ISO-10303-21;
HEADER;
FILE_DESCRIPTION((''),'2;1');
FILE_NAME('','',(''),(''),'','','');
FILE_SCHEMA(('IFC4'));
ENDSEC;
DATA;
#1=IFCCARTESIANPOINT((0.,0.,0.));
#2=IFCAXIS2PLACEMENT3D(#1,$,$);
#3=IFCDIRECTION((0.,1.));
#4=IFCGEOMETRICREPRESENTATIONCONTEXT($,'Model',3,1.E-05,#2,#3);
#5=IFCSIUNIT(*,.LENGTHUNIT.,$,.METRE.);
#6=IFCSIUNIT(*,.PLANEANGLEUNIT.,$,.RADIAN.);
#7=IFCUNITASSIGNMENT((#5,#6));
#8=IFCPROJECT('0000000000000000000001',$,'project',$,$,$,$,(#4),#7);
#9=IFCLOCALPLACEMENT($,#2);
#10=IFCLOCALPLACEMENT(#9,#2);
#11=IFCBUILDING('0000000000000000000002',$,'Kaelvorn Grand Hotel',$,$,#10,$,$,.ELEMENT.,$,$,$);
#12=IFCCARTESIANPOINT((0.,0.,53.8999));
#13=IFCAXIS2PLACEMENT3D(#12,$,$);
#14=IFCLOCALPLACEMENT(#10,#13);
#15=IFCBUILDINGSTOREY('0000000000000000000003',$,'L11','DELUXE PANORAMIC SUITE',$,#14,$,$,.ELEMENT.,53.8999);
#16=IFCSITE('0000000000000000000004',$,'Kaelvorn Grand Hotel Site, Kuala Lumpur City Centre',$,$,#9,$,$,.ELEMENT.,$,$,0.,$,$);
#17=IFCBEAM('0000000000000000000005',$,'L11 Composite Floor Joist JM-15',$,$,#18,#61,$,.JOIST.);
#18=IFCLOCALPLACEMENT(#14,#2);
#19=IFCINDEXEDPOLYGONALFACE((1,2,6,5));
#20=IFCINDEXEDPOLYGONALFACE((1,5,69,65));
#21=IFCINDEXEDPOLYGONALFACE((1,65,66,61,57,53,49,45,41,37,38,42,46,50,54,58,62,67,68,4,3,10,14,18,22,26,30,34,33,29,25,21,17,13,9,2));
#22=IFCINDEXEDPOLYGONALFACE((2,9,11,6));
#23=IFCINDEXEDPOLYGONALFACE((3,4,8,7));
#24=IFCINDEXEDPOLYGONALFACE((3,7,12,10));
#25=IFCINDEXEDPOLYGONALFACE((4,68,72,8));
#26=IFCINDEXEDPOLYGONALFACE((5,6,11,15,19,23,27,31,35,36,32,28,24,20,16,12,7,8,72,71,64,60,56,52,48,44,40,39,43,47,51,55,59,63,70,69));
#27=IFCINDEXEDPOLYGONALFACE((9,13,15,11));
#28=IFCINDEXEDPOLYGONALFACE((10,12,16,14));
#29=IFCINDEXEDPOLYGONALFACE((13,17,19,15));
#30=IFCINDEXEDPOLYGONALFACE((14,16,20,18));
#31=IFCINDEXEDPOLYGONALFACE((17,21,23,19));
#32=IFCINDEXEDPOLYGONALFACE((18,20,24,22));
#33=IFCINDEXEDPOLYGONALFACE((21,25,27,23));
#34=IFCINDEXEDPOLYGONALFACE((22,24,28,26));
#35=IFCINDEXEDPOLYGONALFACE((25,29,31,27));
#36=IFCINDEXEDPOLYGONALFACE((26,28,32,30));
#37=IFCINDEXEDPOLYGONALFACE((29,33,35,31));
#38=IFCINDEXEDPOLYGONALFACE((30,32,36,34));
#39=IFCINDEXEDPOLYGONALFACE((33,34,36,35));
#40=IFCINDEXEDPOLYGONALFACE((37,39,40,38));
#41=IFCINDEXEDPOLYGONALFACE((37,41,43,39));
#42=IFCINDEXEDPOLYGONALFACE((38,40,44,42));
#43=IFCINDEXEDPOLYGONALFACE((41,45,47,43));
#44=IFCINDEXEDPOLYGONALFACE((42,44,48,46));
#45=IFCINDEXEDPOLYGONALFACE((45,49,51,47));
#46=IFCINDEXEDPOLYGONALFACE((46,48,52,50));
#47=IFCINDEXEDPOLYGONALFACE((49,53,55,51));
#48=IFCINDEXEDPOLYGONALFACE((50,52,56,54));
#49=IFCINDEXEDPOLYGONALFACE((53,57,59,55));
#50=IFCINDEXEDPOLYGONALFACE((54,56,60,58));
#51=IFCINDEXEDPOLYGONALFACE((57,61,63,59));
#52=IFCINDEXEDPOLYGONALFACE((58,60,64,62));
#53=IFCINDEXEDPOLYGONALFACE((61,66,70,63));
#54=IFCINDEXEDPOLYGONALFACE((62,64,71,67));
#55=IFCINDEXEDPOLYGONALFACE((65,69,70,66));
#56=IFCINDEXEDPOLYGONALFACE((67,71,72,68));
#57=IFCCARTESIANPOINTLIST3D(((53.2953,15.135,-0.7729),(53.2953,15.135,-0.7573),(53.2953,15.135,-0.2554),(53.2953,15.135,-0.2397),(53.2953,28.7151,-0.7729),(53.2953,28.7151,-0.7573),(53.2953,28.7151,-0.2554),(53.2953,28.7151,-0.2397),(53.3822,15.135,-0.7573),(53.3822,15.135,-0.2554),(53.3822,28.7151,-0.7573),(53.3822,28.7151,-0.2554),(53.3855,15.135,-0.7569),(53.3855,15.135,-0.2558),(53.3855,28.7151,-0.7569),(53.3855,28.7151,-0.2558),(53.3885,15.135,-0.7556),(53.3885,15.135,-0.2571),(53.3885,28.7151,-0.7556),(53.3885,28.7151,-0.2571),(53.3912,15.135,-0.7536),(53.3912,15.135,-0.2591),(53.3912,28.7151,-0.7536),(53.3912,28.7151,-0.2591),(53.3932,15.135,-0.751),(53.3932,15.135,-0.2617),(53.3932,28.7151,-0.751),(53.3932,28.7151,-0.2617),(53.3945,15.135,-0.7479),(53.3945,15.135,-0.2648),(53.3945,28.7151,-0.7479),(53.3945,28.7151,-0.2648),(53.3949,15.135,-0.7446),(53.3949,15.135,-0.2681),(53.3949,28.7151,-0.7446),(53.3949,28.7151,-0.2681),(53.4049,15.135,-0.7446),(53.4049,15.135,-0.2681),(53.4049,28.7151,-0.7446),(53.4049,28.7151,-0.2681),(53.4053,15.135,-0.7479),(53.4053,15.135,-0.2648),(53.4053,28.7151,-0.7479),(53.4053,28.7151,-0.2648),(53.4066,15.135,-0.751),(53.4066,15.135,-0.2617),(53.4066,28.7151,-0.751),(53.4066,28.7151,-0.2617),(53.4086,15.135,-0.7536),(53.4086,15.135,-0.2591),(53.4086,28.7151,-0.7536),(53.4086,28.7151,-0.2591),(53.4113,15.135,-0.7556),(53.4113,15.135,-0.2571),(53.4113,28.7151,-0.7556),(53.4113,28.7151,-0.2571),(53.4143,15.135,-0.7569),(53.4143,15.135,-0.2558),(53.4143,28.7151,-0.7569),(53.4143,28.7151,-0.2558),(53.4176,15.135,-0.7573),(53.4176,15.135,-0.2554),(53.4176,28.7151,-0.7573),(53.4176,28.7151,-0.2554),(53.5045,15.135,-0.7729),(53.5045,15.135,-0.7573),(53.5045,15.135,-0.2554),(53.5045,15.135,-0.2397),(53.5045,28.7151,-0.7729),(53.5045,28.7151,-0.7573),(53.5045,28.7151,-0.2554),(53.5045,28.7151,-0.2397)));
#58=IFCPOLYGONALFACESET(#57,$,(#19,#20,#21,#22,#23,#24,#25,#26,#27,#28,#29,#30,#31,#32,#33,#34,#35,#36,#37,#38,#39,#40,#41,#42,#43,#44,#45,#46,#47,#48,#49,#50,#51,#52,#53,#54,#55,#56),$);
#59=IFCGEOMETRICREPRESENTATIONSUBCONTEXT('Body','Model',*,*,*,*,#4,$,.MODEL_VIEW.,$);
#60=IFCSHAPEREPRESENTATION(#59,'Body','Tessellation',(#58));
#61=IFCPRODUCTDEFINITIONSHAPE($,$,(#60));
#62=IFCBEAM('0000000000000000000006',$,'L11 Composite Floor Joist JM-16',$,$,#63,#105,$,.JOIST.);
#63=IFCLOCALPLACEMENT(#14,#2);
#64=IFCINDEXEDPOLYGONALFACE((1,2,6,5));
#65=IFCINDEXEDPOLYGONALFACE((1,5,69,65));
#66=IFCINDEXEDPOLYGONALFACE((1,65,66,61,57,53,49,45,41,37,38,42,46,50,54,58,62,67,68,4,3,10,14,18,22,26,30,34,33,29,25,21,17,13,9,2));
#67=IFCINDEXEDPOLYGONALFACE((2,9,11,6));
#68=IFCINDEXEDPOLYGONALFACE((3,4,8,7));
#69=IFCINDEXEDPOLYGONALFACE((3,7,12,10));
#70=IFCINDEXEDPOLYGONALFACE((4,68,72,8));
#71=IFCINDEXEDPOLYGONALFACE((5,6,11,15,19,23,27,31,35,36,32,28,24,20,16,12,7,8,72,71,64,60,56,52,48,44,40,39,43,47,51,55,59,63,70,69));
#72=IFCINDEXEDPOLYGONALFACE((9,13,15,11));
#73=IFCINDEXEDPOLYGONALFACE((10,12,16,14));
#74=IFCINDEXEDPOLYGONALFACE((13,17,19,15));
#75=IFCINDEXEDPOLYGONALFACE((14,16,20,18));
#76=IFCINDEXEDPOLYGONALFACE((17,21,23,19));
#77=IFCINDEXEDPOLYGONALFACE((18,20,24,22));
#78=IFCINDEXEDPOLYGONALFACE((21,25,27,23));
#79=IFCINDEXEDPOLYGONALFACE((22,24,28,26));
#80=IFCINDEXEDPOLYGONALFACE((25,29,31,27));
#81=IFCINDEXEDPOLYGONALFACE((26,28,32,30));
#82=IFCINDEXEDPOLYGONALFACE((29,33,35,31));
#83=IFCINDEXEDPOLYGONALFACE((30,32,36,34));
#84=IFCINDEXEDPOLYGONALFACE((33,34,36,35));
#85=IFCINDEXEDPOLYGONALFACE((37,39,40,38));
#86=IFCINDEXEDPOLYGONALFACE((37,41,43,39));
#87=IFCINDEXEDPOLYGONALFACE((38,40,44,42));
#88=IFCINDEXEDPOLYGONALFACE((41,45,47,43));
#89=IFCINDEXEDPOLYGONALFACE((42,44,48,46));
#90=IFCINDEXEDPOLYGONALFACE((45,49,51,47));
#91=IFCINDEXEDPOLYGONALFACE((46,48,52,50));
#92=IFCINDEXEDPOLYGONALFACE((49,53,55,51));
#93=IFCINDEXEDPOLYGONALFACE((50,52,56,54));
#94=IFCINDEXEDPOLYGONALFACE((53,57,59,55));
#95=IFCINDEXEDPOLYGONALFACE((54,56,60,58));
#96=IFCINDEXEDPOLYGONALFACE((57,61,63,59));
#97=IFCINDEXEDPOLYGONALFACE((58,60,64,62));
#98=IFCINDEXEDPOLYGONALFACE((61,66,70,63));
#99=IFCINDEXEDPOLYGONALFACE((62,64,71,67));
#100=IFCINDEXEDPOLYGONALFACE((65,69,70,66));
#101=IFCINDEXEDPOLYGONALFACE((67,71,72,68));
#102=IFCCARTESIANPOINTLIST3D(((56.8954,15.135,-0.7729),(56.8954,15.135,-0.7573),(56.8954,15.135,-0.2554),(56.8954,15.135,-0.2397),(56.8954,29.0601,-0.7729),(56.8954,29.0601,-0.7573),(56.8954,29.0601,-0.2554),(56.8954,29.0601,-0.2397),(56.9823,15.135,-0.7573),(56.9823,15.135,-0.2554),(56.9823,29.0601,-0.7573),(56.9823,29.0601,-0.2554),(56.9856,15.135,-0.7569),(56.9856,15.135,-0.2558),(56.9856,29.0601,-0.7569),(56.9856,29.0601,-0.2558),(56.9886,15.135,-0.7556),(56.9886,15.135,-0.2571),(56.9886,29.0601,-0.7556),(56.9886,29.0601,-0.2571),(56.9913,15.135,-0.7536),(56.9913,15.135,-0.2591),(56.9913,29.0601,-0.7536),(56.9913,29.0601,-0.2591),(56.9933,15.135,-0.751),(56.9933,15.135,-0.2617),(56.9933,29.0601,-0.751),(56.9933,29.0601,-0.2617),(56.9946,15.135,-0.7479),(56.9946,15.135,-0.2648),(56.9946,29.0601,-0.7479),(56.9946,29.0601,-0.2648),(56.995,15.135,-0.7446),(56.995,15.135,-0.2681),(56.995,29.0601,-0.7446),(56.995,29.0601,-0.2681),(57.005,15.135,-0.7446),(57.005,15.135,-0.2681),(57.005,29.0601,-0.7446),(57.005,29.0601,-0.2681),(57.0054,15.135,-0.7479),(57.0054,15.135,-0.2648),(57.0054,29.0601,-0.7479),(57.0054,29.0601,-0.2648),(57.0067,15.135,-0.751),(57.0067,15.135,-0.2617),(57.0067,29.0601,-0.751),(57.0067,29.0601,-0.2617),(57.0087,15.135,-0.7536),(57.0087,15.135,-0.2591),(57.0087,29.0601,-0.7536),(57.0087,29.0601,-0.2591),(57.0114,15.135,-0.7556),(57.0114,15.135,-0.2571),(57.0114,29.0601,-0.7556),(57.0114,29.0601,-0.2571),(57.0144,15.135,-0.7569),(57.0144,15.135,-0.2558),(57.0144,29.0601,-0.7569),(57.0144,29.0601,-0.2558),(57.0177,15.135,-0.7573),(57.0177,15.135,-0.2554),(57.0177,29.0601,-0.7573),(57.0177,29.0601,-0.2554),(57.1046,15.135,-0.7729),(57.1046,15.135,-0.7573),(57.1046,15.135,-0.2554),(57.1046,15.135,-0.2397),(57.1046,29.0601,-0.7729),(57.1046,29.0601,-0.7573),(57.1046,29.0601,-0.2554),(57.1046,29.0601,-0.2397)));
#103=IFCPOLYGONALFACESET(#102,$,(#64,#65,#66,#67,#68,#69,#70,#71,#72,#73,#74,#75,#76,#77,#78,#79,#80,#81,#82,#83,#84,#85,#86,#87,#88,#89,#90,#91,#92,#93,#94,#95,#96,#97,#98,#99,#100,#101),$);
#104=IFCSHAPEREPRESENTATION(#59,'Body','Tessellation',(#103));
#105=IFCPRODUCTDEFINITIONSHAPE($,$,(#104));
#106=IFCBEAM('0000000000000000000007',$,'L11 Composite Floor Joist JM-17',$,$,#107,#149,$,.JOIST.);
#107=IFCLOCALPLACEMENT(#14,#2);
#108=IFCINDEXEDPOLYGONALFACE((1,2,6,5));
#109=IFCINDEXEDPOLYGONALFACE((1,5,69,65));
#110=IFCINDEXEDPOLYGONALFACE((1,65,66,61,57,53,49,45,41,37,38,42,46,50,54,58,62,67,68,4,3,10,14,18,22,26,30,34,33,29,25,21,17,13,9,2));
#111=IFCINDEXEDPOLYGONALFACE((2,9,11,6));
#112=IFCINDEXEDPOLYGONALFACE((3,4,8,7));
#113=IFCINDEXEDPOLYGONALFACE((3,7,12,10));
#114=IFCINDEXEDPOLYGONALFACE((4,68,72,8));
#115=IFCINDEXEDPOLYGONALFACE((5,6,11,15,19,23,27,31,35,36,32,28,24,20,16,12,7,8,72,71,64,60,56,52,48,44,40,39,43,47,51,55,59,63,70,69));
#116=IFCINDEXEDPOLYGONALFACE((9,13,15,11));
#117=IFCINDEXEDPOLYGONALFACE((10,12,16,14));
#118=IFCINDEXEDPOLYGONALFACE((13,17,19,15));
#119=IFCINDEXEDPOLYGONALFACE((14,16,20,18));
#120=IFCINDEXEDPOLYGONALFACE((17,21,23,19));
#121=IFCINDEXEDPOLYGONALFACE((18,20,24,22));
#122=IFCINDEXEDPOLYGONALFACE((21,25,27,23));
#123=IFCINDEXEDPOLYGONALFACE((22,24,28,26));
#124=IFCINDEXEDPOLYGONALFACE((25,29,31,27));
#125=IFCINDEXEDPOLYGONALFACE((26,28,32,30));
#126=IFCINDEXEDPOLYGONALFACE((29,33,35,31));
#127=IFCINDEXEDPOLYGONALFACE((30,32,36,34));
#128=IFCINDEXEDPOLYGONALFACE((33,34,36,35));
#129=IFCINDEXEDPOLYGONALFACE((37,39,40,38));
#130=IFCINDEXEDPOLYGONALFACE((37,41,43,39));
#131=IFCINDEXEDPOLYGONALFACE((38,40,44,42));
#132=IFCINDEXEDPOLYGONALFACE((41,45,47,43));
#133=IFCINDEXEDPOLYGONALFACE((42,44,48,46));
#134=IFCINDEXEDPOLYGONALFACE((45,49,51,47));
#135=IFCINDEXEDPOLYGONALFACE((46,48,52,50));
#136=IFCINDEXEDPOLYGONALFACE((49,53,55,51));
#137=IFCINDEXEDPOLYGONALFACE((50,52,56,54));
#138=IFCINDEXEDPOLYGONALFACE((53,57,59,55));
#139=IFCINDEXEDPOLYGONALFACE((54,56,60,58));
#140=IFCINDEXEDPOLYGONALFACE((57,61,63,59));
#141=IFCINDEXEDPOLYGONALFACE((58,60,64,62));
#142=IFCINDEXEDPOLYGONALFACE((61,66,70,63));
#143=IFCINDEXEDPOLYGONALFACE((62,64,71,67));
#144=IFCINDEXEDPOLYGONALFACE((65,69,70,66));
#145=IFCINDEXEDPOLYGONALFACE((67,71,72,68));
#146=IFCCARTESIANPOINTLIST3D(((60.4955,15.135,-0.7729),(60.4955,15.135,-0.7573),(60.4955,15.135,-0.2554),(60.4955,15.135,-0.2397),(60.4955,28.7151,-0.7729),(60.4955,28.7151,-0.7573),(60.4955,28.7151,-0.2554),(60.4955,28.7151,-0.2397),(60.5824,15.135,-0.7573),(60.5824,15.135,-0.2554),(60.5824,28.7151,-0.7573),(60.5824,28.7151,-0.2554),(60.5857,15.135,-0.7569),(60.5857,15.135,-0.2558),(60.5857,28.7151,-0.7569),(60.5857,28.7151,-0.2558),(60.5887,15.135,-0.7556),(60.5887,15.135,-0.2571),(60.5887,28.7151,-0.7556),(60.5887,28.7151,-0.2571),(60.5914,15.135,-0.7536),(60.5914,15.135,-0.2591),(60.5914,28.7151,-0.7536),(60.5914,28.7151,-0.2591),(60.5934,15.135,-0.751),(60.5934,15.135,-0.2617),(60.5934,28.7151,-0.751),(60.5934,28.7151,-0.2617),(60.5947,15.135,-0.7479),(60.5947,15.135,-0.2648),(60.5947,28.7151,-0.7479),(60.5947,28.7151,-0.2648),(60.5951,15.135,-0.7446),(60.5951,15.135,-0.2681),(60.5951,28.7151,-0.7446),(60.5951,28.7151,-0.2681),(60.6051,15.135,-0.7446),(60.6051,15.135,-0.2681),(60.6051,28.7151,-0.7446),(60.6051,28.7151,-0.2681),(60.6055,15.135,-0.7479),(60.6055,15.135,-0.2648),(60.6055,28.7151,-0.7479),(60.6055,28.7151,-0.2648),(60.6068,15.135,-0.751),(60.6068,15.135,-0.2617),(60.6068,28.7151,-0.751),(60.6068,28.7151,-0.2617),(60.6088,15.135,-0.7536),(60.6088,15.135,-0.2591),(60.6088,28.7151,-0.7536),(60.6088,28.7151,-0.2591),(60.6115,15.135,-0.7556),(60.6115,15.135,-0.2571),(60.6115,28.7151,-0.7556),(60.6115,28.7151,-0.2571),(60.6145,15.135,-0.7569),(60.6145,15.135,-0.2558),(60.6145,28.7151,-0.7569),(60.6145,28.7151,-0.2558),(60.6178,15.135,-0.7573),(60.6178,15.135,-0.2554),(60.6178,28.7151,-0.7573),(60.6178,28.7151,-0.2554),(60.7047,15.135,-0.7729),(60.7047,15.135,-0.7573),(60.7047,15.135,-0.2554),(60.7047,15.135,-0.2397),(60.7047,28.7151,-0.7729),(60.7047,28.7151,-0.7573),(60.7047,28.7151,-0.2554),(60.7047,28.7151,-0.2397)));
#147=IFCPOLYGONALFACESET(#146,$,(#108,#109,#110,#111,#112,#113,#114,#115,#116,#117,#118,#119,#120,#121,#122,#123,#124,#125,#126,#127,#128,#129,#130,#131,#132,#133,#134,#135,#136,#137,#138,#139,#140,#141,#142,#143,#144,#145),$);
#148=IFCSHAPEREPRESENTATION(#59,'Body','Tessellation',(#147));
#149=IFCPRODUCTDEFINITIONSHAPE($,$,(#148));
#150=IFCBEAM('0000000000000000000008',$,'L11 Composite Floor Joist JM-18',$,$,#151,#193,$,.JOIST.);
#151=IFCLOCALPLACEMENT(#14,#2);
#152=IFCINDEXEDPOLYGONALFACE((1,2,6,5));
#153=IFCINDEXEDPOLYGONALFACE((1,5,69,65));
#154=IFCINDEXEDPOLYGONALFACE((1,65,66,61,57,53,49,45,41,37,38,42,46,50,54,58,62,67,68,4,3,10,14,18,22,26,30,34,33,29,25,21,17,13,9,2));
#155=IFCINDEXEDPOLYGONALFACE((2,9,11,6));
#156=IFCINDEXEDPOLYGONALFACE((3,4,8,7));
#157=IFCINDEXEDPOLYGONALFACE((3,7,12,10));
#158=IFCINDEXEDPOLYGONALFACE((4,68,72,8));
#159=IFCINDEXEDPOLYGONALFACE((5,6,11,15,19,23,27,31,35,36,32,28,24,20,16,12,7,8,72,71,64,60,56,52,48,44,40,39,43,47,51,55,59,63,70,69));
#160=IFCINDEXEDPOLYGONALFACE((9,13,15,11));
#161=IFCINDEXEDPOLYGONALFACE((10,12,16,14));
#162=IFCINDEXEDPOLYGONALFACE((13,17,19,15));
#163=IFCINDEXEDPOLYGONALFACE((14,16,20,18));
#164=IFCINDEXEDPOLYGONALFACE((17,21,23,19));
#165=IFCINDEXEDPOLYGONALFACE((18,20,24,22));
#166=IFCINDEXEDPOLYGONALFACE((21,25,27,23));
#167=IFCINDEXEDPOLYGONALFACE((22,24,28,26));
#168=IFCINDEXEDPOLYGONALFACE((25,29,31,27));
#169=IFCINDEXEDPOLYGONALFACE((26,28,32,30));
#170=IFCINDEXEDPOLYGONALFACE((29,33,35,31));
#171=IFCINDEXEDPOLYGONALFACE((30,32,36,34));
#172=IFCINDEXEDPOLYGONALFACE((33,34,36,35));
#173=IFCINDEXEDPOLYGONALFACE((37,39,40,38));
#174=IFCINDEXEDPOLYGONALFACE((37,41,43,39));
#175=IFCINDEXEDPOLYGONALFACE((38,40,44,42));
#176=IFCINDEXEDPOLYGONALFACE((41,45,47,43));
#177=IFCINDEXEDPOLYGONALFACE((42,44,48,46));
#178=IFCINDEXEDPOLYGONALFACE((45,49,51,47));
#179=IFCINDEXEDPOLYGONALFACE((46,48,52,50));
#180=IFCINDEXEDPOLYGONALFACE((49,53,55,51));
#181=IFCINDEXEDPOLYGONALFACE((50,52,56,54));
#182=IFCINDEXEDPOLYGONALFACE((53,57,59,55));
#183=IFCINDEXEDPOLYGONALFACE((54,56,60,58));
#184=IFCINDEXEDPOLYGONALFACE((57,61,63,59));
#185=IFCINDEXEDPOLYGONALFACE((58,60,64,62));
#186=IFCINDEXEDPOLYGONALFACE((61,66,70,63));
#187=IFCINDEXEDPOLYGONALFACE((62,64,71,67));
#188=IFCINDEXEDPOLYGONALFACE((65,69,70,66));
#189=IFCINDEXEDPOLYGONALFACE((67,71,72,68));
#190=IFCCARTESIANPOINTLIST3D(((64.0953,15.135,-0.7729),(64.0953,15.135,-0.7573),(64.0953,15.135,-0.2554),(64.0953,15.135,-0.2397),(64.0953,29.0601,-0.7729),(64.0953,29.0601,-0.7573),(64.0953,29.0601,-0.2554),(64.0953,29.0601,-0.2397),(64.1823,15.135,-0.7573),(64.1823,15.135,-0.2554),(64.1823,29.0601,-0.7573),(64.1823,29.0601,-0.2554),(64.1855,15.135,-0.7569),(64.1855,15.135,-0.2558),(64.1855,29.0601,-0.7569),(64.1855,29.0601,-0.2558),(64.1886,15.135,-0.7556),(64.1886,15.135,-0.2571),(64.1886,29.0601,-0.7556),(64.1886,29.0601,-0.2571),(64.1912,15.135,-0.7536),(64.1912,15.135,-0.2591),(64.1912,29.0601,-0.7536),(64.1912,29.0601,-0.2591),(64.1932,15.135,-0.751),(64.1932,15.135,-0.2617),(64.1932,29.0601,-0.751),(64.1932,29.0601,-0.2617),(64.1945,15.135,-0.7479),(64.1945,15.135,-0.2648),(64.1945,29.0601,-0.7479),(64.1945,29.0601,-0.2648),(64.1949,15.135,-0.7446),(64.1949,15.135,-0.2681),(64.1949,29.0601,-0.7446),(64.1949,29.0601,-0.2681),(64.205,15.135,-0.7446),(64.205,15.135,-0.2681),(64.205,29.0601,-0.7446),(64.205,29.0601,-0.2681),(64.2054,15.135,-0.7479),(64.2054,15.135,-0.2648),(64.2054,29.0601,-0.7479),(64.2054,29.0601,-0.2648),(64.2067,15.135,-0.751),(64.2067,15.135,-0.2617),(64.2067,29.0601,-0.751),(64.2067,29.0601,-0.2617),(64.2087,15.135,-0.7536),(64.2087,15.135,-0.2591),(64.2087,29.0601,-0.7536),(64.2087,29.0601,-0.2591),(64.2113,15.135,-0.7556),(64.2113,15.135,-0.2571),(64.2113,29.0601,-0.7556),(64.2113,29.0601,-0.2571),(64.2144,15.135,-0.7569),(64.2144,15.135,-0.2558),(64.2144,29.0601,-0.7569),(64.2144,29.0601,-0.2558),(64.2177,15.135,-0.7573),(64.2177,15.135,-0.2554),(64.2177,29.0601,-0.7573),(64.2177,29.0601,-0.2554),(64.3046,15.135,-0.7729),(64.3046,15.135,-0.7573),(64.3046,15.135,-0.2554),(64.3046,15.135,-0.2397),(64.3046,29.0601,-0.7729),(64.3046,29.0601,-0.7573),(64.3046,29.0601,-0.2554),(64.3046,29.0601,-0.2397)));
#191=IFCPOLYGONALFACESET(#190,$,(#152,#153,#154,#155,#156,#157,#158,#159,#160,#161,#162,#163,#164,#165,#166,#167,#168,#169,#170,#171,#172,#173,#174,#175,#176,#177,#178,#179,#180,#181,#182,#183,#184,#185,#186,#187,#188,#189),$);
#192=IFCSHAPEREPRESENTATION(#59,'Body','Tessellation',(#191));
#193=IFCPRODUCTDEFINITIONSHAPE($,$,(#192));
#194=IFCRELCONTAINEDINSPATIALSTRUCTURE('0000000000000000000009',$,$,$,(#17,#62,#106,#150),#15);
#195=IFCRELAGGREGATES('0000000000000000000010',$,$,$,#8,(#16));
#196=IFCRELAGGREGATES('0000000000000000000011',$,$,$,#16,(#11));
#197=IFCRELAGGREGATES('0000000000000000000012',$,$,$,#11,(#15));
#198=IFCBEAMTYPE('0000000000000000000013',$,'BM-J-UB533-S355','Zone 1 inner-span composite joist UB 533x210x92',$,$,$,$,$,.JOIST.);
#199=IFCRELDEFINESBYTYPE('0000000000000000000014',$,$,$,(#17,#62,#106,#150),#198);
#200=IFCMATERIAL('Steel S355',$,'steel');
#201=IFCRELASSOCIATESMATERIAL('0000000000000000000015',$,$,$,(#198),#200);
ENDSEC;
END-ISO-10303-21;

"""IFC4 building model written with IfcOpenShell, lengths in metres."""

from ifc_helpers import new_model, si_unit, direction, frame, origin, origin_2d, place, context, subcontext, project, spatial, i_section, extrude, material, material_profile, profile_set, type_object, element, save


model = new_model("IFC4")

# Units and contexts
model_context = context("Model", 3, precision=1e-05, world=origin(), true_north=direction((0.0, 1.0)))
body_context = subcontext(model_context, "Body", "Model", "MODEL_VIEW")
ifc_project = project(units=[si_unit("LENGTHUNIT", "METRE"), si_unit("PLANEANGLEUNIT", "RADIAN")], contexts=[model_context])

# Site, building, storey
site_placement = place(None, origin())
site = spatial("IfcSite", under=ifc_project, at=site_placement, Name="Kaelvorn Grand Hotel Site, Kuala Lumpur City Centre", CompositionType="ELEMENT", RefElevation=0.0)
building_placement = place(site_placement, origin())
building = spatial("IfcBuilding", under=site, at=building_placement, Name="Kaelvorn Grand Hotel", CompositionType="ELEMENT")
storey_placement = place(building_placement, frame((0.0, 0.0, 53.8999)))
storey = spatial("IfcBuildingStorey", under=building, at=storey_placement, Name="L11", Description="DELUXE PANORAMIC SUITE", CompositionType="ELEMENT", Elevation=53.8999)

# Beams
ifc_material_1 = material(Name="Steel S355", Category="steel")
ifc_material_profile = material_profile(ifc_material_1, i_section(OverallWidth=0.2092, OverallDepth=0.5332, WebThickness=0.01, FlangeThickness=0.0156, FilletRadius=0.0127, at=origin_2d()), Name="UB 533x210x92")
ifc_profile_set = profile_set([ifc_material_profile], Name="Steel S355")
beam_type = type_object("IfcBeamType", Name="BM-J-UB533-S355", Description="Zone 1 inner-span composite joist UB 533x210x92", PredefinedType="JOIST", material=ifc_profile_set)
beam_1_placement = place(storey_placement, frame((53.3999, 15.135, -0.5063), z_axis=(0.0, 1.0, 0.0), x_axis=(-1.0, 0.0, 0.0)))
element("IfcBeam", 1, at=beam_1_placement, inside=storey, type_object=beam_type, Name="L11 Composite Floor Joist JM-15", PredefinedType="JOIST", context=body_context, shape_type="SweptSolid", body=[
    extrude(i_section(OverallWidth=0.2092, OverallDepth=0.5332, WebThickness=0.01, FlangeThickness=0.0156, FilletRadius=0.0127, at=origin_2d()), origin(), (0.0, 0.0, 1.0), 13.5801),
])
beam_2_placement = place(storey_placement, frame((57.0, 15.135, -0.5063), z_axis=(0.0, 1.0, 0.0), x_axis=(-1.0, 0.0, 0.0)))
element("IfcBeam", 2, at=beam_2_placement, inside=storey, type_object=beam_type, Name="L11 Composite Floor Joist JM-16", PredefinedType="JOIST", context=body_context, shape_type="SweptSolid", body=[
    extrude(i_section(OverallWidth=0.2092, OverallDepth=0.5332, WebThickness=0.01, FlangeThickness=0.0156, FilletRadius=0.0127, at=origin_2d()), origin(), (0.0, 0.0, 1.0), 13.925),
])
beam_3_placement = place(storey_placement, frame((60.6001, 15.135, -0.5063), z_axis=(0.0, 1.0, 0.0), x_axis=(-1.0, 0.0, 0.0)))
element("IfcBeam", 3, at=beam_3_placement, inside=storey, type_object=beam_type, Name="L11 Composite Floor Joist JM-17", PredefinedType="JOIST", context=body_context, shape_type="SweptSolid", body=[
    extrude(i_section(OverallWidth=0.2092, OverallDepth=0.5332, WebThickness=0.01, FlangeThickness=0.0156, FilletRadius=0.0127, at=origin_2d()), origin(), (0.0, 0.0, 1.0), 13.5801),
])
beam_4_placement = place(storey_placement, frame((64.2, 15.135, -0.5063), z_axis=(0.0, 1.0, 0.0), x_axis=(-1.0, 0.0, 0.0)))
element("IfcBeam", 4, at=beam_4_placement, inside=storey, type_object=beam_type, Name="L11 Composite Floor Joist JM-18", PredefinedType="JOIST", context=body_context, shape_type="SweptSolid", body=[
    extrude(i_section(OverallWidth=0.2092, OverallDepth=0.5332, WebThickness=0.01, FlangeThickness=0.0156, FilletRadius=0.0127, at=origin_2d()), origin(), (0.0, 0.0, 1.0), 13.925),
])

save(model, "model.ifc")
